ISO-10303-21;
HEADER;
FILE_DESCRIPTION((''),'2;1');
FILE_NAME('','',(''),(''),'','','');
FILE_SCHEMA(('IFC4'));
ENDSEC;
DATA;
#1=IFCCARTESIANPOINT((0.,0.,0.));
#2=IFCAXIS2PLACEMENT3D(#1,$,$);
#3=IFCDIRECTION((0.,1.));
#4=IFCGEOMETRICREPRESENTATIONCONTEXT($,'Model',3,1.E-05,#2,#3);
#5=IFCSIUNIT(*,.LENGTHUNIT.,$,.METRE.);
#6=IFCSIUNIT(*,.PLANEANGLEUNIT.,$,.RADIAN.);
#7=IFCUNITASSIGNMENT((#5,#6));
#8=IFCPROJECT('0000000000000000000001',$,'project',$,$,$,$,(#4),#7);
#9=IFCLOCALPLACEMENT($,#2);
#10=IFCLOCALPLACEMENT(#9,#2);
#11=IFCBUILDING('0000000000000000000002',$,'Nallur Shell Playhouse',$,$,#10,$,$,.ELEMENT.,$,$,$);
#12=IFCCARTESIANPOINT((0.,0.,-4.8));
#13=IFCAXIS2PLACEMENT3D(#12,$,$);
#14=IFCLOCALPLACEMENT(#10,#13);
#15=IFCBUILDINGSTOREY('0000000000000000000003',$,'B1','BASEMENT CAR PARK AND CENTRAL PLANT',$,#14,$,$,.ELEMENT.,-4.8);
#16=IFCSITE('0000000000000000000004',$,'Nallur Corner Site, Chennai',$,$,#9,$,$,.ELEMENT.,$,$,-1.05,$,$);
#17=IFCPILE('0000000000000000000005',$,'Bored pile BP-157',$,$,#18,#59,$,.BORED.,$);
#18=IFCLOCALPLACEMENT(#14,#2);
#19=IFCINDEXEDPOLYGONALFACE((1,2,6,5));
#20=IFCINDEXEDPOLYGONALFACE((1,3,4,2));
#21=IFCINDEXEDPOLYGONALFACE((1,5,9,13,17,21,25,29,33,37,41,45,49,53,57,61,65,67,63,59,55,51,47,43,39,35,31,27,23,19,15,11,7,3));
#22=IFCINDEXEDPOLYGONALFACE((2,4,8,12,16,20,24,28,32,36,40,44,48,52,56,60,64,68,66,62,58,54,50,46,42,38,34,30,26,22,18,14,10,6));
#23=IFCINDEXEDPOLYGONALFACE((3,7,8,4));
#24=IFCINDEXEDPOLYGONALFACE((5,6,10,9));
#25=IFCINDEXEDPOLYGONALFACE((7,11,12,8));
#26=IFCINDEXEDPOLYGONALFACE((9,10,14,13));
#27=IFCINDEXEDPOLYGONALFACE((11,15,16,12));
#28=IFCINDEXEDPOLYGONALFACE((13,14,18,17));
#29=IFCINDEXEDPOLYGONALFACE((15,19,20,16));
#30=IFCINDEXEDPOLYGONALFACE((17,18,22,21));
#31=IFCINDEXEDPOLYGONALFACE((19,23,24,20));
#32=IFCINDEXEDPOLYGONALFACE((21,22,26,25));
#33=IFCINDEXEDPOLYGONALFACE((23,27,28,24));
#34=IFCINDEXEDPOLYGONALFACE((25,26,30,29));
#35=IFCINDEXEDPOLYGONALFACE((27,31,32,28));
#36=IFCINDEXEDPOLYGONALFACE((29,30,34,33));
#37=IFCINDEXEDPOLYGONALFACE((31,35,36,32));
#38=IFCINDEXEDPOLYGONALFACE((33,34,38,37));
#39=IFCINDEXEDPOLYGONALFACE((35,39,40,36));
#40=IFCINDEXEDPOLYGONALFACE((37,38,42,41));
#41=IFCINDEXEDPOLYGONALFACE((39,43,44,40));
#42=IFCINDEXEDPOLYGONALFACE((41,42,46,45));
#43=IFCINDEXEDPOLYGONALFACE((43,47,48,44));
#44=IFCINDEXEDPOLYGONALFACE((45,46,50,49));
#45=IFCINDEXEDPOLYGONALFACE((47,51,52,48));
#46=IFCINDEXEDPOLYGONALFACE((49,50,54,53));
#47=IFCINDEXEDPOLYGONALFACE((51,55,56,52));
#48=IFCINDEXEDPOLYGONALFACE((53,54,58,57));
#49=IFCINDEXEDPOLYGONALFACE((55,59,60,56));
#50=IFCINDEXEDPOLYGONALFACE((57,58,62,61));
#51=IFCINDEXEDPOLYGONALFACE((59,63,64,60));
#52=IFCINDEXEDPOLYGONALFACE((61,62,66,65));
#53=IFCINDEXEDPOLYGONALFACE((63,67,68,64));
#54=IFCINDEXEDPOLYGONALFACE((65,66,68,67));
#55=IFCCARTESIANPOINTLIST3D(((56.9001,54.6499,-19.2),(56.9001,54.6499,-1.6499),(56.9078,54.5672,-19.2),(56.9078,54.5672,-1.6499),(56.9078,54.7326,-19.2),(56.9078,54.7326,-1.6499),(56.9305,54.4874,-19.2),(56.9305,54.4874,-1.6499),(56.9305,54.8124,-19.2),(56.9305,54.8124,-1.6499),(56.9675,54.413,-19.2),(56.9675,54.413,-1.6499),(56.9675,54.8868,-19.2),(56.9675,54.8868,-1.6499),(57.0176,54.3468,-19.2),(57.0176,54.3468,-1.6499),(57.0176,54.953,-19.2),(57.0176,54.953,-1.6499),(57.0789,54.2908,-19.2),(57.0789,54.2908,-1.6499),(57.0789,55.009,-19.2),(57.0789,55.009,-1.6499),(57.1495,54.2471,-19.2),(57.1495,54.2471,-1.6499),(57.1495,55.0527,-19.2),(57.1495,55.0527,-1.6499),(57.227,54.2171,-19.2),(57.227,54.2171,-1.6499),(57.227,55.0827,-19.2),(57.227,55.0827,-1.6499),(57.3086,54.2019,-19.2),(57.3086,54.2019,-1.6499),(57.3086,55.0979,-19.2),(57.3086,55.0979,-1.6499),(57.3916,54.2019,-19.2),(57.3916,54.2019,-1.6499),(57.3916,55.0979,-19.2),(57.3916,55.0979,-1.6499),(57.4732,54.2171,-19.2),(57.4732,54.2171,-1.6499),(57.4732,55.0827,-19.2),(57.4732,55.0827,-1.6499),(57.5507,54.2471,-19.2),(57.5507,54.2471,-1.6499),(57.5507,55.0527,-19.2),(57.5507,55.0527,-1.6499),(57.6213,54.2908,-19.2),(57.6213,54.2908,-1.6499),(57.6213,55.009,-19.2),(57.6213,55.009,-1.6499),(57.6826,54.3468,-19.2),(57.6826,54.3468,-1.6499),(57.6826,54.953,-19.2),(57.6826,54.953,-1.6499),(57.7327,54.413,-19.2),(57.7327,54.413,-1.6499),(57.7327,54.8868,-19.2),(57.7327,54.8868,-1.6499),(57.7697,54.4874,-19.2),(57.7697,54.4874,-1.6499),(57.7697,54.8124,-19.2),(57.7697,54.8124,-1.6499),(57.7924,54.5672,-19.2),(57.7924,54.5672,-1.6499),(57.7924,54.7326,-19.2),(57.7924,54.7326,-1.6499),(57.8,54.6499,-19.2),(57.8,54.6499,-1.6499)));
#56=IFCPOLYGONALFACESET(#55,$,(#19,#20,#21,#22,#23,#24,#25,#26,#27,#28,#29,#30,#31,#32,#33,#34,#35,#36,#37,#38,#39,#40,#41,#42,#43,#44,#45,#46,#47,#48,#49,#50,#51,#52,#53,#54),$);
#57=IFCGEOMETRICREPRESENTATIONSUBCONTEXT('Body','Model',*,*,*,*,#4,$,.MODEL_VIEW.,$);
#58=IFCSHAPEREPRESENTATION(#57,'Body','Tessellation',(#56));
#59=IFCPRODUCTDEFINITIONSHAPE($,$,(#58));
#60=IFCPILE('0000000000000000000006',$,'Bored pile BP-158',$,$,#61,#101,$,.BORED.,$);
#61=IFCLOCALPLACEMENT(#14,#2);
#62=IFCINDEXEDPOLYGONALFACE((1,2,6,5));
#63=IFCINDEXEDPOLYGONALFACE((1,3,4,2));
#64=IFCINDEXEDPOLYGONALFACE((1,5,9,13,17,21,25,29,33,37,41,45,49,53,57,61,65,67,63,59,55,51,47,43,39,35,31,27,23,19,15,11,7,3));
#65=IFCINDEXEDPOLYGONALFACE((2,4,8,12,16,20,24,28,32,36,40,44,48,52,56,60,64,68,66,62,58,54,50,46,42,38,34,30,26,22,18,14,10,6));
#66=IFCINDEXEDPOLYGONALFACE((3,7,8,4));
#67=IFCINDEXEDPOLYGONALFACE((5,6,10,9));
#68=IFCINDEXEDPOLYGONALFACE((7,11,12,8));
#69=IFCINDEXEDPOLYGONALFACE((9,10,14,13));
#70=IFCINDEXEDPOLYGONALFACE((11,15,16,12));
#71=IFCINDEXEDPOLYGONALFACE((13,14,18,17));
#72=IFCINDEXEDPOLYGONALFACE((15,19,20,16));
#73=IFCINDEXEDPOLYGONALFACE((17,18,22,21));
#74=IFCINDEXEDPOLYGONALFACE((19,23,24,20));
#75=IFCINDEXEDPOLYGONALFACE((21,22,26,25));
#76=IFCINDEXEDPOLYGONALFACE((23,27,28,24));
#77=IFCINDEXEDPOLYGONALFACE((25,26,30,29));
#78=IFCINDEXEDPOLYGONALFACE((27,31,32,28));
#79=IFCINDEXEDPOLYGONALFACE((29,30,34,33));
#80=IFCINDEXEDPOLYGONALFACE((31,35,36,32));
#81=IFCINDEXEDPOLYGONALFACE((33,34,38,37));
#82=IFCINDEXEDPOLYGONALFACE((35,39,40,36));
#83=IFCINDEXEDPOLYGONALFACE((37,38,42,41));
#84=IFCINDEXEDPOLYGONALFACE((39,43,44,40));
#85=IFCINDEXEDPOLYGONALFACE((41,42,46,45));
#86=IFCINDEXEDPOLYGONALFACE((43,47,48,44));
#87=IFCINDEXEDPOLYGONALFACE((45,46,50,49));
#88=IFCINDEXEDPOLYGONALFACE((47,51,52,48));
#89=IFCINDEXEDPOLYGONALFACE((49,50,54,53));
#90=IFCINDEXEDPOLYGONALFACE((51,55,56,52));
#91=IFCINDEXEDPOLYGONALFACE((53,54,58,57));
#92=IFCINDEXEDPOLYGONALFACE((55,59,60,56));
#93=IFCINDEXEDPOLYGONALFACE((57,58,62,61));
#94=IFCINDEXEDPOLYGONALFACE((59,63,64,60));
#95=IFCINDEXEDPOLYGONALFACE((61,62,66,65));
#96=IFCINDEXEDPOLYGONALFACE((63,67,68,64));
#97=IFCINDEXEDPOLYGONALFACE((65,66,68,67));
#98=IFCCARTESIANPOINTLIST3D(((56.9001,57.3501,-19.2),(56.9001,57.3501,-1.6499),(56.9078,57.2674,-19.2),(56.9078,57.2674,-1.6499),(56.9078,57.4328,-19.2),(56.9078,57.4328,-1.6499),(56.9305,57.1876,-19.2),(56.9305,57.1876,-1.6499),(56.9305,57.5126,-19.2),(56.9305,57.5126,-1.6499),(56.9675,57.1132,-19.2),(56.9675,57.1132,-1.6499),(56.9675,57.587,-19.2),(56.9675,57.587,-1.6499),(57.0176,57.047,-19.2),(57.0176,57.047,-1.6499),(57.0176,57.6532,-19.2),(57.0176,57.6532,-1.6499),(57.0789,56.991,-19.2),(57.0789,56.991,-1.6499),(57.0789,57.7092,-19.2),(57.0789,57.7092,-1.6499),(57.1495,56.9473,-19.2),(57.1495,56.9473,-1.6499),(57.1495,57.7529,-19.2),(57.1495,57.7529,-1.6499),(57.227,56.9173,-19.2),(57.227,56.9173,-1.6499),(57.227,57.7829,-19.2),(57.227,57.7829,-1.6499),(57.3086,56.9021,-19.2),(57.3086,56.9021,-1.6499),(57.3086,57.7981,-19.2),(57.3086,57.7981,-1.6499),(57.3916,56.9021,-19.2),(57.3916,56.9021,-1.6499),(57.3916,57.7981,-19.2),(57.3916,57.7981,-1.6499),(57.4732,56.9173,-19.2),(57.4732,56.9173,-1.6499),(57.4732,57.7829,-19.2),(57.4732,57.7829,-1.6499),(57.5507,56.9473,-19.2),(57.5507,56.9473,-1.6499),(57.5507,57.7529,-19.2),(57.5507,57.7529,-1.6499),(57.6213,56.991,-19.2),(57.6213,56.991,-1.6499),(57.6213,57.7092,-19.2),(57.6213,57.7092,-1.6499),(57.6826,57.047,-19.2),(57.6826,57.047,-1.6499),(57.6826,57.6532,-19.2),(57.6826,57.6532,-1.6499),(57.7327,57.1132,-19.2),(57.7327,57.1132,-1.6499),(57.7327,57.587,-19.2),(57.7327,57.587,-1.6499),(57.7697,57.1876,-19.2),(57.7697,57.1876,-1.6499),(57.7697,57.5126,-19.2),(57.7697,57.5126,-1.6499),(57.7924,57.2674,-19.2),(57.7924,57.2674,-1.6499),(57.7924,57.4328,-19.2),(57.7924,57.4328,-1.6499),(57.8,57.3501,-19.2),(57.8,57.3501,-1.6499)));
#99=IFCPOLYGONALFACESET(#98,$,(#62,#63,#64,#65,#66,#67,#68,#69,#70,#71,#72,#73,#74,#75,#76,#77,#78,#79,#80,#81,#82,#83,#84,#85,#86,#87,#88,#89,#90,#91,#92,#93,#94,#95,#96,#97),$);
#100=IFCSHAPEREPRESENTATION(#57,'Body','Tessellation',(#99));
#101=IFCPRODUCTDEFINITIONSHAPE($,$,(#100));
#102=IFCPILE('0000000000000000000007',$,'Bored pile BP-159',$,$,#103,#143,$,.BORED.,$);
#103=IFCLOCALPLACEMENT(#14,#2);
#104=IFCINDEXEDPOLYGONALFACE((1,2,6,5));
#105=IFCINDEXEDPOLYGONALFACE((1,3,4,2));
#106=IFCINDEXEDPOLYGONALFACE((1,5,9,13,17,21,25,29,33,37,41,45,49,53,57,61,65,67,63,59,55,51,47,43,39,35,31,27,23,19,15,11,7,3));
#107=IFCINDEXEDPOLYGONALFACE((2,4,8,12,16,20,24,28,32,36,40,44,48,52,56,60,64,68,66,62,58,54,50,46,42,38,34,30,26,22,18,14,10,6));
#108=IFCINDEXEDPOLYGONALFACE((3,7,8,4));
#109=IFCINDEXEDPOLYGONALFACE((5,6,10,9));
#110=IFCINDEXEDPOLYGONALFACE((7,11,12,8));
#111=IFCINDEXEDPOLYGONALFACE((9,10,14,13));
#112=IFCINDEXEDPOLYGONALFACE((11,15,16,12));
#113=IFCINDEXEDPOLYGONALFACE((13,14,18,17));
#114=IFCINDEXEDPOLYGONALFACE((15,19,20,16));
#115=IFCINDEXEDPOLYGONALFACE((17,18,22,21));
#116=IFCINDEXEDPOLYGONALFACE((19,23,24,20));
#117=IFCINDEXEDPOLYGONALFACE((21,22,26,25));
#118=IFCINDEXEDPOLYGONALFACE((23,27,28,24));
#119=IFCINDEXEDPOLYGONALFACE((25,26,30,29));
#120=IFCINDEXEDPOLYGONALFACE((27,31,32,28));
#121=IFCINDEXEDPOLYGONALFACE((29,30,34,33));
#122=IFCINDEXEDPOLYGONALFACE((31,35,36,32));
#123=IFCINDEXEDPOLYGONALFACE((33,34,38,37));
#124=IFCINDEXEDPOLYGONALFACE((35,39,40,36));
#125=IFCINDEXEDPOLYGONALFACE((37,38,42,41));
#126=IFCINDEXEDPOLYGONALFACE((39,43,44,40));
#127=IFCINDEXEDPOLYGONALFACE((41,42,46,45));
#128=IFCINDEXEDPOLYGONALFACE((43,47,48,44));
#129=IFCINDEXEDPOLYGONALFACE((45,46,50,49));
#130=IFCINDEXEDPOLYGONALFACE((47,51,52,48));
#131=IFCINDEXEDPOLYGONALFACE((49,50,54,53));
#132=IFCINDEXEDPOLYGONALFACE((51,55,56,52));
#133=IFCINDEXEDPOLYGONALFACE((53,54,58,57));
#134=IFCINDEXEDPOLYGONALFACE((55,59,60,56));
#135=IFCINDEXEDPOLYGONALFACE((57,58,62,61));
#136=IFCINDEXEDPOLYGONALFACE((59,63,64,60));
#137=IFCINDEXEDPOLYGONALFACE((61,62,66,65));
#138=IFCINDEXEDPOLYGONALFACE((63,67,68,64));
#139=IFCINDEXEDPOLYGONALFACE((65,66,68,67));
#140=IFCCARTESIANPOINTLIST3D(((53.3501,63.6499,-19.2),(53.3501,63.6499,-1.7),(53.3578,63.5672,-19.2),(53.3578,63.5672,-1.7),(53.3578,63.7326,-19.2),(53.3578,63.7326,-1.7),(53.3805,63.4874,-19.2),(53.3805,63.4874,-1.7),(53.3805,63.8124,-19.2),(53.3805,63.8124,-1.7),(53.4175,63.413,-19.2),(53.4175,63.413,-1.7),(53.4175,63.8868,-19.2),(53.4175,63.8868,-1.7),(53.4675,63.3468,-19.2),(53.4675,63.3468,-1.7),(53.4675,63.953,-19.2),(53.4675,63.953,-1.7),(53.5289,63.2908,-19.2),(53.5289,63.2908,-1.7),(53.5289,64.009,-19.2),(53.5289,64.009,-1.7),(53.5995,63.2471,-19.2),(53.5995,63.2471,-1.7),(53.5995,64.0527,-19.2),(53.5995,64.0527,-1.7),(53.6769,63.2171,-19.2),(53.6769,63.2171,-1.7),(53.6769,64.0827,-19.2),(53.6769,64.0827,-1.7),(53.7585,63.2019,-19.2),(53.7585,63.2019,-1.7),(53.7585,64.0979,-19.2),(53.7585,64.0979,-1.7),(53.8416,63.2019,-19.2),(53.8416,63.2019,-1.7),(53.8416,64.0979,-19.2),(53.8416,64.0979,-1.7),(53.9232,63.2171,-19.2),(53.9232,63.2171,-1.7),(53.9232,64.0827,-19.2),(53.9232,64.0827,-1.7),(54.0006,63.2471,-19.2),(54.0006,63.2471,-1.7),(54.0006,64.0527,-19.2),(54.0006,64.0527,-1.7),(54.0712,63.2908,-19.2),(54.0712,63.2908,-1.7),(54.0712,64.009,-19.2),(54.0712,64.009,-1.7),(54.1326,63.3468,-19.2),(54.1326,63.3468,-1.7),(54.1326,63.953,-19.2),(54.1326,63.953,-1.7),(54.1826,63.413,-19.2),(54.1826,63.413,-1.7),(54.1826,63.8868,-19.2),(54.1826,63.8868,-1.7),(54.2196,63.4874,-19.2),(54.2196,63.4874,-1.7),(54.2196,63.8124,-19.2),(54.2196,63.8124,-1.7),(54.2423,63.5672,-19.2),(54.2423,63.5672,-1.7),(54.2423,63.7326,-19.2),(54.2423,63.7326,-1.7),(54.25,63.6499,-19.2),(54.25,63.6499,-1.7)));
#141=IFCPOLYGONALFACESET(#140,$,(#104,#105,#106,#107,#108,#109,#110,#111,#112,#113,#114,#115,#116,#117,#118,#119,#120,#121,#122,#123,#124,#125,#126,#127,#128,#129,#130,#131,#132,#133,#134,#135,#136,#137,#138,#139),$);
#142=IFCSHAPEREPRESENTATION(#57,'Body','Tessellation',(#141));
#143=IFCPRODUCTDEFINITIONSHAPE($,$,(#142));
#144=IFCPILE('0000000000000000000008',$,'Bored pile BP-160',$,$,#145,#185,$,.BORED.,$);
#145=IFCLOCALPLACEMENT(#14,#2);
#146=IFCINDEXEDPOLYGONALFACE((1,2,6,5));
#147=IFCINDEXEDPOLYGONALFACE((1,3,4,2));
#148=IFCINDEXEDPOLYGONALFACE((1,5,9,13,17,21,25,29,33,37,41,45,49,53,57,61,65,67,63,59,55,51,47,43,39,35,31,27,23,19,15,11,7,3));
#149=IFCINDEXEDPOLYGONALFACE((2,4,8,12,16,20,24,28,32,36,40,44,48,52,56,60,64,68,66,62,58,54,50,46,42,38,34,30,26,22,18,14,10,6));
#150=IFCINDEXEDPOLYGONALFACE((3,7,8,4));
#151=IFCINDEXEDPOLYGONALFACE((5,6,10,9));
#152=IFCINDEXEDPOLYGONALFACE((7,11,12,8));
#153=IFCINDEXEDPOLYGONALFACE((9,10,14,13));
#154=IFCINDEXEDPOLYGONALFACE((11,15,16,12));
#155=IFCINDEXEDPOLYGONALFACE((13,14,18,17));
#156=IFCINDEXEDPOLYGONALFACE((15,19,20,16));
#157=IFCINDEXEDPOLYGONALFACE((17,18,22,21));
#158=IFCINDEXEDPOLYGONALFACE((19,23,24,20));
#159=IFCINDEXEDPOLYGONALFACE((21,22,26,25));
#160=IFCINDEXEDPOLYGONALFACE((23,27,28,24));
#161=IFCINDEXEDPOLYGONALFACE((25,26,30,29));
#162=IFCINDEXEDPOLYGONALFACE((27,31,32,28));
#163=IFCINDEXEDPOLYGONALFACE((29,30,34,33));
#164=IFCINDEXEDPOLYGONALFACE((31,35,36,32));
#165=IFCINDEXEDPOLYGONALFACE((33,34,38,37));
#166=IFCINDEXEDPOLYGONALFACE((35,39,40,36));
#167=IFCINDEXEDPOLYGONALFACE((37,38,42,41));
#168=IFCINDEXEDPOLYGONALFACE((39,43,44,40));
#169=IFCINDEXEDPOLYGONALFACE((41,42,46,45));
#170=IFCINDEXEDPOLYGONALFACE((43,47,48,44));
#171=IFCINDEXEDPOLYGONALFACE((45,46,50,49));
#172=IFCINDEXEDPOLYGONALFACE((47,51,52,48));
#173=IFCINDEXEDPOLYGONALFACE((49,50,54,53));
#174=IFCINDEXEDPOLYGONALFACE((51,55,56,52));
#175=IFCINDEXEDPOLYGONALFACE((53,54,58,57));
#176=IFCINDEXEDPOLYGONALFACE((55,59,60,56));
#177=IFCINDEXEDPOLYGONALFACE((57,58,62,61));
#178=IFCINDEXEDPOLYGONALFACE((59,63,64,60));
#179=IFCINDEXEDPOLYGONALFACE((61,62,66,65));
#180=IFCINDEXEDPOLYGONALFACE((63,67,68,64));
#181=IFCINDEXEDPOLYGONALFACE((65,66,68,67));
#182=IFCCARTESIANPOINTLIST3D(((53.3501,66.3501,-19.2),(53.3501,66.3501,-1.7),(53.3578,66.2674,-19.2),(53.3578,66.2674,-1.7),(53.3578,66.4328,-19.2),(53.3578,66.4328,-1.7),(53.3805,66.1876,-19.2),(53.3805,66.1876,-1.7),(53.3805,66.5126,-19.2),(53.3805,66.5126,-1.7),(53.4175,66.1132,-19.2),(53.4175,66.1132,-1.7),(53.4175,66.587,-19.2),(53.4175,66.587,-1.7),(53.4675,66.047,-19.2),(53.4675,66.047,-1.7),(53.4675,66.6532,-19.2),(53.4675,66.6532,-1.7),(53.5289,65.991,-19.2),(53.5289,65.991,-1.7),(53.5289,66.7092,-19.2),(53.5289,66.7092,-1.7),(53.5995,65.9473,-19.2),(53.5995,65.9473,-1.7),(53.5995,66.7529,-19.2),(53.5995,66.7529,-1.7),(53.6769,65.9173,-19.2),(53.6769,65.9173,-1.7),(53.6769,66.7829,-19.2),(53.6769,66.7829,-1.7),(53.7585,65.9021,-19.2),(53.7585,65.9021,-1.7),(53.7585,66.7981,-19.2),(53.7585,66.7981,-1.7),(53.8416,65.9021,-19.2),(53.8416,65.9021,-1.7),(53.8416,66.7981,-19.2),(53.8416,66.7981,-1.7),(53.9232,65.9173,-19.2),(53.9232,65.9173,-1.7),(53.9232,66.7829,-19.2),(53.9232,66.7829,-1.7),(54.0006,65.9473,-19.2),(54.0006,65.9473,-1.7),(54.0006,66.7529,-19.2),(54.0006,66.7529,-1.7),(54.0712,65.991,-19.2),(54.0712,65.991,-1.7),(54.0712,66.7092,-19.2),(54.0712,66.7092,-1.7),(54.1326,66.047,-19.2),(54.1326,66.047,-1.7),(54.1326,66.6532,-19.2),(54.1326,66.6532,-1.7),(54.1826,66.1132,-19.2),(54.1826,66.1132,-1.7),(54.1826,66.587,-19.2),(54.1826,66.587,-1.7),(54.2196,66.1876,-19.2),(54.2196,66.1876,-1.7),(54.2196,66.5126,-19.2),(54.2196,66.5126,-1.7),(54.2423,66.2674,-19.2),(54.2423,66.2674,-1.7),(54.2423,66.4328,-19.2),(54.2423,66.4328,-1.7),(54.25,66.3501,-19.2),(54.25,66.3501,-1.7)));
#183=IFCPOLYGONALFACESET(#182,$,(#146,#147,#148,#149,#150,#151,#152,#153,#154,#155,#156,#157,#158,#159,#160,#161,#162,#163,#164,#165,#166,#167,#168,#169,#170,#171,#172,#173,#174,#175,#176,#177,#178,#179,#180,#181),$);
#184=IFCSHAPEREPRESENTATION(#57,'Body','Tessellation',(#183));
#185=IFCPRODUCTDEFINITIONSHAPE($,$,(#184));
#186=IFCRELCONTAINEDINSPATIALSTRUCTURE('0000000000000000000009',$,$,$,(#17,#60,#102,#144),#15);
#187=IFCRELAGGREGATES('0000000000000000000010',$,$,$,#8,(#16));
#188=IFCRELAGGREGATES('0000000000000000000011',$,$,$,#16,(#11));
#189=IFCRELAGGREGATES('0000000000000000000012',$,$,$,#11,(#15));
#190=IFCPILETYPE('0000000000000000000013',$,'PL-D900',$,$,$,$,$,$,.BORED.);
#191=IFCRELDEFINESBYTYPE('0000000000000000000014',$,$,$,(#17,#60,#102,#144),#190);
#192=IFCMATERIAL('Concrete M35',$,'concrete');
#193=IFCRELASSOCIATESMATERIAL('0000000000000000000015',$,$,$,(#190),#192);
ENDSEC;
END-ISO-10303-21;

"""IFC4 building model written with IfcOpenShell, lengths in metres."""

from ifc_helpers import new_model, si_unit, direction, frame, origin, origin_2d, place, context, subcontext, project, spatial, circle, extrude, material, material_profile, profile_set, type_object, element, save


model = new_model("IFC4")

# Units and contexts
model_context = context("Model", 3, precision=1e-05, world=origin(), true_north=direction((0.0, 1.0)))
body_context = subcontext(model_context, "Body", "Model", "MODEL_VIEW")
ifc_project = project(units=[si_unit("LENGTHUNIT", "METRE"), si_unit("PLANEANGLEUNIT", "RADIAN")], contexts=[model_context])

# Site, building, storey
site_placement = place(None, origin())
site = spatial("IfcSite", under=ifc_project, at=site_placement, Name="Nallur Corner Site, Chennai", CompositionType="ELEMENT", RefElevation=-1.05)
building_placement = place(site_placement, origin())
building = spatial("IfcBuilding", under=site, at=building_placement, Name="Nallur Shell Playhouse", CompositionType="ELEMENT")
storey_placement = place(building_placement, frame((0.0, 0.0, -4.8)))
storey = spatial("IfcBuildingStorey", under=building, at=storey_placement, Name="B1", Description="BASEMENT CAR PARK AND CENTRAL PLANT", CompositionType="ELEMENT", Elevation=-4.8)

# Shared definitions
ifc_material_1 = material(Name="Concrete M35", Category="concrete")

# Piles
ifc_material_profile_1 = material_profile(ifc_material_1, circle(Radius=0.45, at=origin_2d()), Name="BORED PILE D900")
ifc_profile_set_1 = profile_set([ifc_material_profile_1], Name="Concrete M35")
pile_type_1 = type_object("IfcPileType", Name="PL-D900", PredefinedType="BORED", material=ifc_profile_set_1)
for number, where, z_axis, x_axis, name in (
    (1, (57.3501, 54.6499, -1.6499), (0.0, 0.0, -1.0), (1.0, 0.0, 0.0), "Bored pile BP-157"),
    (2, (57.3501, 57.3501, -1.6499), (0.0, 0.0, -1.0), (1.0, 0.0, 0.0), "Bored pile BP-158"),
):
    element("IfcPile", number, at=place(storey_placement, frame(where, z_axis=z_axis, x_axis=x_axis)), inside=storey, type_object=pile_type_1, Name=name, PredefinedType="BORED", context=body_context, shape_type="SweptSolid", body=[
        extrude(circle(Radius=0.45, at=origin_2d()), origin(), (0.0, 0.0, 1.0), 17.55),
    ])
for number, where, z_axis, x_axis, name in (
    (3, (53.8, 63.6499, -1.7), (0.0, 0.0, -1.0), (1.0, 0.0, 0.0), "Bored pile BP-159"),
    (4, (53.8, 66.3501, -1.7), (0.0, 0.0, -1.0), (1.0, 0.0, 0.0), "Bored pile BP-160"),
):
    element("IfcPile", number, at=place(storey_placement, frame(where, z_axis=z_axis, x_axis=x_axis)), inside=storey, type_object=pile_type_1, Name=name, PredefinedType="BORED", context=body_context, shape_type="SweptSolid", body=[
        extrude(circle(Radius=0.45, at=origin_2d()), origin(), (0.0, 0.0, 1.0), 17.5),
    ])

save(model, "model.ifc")
